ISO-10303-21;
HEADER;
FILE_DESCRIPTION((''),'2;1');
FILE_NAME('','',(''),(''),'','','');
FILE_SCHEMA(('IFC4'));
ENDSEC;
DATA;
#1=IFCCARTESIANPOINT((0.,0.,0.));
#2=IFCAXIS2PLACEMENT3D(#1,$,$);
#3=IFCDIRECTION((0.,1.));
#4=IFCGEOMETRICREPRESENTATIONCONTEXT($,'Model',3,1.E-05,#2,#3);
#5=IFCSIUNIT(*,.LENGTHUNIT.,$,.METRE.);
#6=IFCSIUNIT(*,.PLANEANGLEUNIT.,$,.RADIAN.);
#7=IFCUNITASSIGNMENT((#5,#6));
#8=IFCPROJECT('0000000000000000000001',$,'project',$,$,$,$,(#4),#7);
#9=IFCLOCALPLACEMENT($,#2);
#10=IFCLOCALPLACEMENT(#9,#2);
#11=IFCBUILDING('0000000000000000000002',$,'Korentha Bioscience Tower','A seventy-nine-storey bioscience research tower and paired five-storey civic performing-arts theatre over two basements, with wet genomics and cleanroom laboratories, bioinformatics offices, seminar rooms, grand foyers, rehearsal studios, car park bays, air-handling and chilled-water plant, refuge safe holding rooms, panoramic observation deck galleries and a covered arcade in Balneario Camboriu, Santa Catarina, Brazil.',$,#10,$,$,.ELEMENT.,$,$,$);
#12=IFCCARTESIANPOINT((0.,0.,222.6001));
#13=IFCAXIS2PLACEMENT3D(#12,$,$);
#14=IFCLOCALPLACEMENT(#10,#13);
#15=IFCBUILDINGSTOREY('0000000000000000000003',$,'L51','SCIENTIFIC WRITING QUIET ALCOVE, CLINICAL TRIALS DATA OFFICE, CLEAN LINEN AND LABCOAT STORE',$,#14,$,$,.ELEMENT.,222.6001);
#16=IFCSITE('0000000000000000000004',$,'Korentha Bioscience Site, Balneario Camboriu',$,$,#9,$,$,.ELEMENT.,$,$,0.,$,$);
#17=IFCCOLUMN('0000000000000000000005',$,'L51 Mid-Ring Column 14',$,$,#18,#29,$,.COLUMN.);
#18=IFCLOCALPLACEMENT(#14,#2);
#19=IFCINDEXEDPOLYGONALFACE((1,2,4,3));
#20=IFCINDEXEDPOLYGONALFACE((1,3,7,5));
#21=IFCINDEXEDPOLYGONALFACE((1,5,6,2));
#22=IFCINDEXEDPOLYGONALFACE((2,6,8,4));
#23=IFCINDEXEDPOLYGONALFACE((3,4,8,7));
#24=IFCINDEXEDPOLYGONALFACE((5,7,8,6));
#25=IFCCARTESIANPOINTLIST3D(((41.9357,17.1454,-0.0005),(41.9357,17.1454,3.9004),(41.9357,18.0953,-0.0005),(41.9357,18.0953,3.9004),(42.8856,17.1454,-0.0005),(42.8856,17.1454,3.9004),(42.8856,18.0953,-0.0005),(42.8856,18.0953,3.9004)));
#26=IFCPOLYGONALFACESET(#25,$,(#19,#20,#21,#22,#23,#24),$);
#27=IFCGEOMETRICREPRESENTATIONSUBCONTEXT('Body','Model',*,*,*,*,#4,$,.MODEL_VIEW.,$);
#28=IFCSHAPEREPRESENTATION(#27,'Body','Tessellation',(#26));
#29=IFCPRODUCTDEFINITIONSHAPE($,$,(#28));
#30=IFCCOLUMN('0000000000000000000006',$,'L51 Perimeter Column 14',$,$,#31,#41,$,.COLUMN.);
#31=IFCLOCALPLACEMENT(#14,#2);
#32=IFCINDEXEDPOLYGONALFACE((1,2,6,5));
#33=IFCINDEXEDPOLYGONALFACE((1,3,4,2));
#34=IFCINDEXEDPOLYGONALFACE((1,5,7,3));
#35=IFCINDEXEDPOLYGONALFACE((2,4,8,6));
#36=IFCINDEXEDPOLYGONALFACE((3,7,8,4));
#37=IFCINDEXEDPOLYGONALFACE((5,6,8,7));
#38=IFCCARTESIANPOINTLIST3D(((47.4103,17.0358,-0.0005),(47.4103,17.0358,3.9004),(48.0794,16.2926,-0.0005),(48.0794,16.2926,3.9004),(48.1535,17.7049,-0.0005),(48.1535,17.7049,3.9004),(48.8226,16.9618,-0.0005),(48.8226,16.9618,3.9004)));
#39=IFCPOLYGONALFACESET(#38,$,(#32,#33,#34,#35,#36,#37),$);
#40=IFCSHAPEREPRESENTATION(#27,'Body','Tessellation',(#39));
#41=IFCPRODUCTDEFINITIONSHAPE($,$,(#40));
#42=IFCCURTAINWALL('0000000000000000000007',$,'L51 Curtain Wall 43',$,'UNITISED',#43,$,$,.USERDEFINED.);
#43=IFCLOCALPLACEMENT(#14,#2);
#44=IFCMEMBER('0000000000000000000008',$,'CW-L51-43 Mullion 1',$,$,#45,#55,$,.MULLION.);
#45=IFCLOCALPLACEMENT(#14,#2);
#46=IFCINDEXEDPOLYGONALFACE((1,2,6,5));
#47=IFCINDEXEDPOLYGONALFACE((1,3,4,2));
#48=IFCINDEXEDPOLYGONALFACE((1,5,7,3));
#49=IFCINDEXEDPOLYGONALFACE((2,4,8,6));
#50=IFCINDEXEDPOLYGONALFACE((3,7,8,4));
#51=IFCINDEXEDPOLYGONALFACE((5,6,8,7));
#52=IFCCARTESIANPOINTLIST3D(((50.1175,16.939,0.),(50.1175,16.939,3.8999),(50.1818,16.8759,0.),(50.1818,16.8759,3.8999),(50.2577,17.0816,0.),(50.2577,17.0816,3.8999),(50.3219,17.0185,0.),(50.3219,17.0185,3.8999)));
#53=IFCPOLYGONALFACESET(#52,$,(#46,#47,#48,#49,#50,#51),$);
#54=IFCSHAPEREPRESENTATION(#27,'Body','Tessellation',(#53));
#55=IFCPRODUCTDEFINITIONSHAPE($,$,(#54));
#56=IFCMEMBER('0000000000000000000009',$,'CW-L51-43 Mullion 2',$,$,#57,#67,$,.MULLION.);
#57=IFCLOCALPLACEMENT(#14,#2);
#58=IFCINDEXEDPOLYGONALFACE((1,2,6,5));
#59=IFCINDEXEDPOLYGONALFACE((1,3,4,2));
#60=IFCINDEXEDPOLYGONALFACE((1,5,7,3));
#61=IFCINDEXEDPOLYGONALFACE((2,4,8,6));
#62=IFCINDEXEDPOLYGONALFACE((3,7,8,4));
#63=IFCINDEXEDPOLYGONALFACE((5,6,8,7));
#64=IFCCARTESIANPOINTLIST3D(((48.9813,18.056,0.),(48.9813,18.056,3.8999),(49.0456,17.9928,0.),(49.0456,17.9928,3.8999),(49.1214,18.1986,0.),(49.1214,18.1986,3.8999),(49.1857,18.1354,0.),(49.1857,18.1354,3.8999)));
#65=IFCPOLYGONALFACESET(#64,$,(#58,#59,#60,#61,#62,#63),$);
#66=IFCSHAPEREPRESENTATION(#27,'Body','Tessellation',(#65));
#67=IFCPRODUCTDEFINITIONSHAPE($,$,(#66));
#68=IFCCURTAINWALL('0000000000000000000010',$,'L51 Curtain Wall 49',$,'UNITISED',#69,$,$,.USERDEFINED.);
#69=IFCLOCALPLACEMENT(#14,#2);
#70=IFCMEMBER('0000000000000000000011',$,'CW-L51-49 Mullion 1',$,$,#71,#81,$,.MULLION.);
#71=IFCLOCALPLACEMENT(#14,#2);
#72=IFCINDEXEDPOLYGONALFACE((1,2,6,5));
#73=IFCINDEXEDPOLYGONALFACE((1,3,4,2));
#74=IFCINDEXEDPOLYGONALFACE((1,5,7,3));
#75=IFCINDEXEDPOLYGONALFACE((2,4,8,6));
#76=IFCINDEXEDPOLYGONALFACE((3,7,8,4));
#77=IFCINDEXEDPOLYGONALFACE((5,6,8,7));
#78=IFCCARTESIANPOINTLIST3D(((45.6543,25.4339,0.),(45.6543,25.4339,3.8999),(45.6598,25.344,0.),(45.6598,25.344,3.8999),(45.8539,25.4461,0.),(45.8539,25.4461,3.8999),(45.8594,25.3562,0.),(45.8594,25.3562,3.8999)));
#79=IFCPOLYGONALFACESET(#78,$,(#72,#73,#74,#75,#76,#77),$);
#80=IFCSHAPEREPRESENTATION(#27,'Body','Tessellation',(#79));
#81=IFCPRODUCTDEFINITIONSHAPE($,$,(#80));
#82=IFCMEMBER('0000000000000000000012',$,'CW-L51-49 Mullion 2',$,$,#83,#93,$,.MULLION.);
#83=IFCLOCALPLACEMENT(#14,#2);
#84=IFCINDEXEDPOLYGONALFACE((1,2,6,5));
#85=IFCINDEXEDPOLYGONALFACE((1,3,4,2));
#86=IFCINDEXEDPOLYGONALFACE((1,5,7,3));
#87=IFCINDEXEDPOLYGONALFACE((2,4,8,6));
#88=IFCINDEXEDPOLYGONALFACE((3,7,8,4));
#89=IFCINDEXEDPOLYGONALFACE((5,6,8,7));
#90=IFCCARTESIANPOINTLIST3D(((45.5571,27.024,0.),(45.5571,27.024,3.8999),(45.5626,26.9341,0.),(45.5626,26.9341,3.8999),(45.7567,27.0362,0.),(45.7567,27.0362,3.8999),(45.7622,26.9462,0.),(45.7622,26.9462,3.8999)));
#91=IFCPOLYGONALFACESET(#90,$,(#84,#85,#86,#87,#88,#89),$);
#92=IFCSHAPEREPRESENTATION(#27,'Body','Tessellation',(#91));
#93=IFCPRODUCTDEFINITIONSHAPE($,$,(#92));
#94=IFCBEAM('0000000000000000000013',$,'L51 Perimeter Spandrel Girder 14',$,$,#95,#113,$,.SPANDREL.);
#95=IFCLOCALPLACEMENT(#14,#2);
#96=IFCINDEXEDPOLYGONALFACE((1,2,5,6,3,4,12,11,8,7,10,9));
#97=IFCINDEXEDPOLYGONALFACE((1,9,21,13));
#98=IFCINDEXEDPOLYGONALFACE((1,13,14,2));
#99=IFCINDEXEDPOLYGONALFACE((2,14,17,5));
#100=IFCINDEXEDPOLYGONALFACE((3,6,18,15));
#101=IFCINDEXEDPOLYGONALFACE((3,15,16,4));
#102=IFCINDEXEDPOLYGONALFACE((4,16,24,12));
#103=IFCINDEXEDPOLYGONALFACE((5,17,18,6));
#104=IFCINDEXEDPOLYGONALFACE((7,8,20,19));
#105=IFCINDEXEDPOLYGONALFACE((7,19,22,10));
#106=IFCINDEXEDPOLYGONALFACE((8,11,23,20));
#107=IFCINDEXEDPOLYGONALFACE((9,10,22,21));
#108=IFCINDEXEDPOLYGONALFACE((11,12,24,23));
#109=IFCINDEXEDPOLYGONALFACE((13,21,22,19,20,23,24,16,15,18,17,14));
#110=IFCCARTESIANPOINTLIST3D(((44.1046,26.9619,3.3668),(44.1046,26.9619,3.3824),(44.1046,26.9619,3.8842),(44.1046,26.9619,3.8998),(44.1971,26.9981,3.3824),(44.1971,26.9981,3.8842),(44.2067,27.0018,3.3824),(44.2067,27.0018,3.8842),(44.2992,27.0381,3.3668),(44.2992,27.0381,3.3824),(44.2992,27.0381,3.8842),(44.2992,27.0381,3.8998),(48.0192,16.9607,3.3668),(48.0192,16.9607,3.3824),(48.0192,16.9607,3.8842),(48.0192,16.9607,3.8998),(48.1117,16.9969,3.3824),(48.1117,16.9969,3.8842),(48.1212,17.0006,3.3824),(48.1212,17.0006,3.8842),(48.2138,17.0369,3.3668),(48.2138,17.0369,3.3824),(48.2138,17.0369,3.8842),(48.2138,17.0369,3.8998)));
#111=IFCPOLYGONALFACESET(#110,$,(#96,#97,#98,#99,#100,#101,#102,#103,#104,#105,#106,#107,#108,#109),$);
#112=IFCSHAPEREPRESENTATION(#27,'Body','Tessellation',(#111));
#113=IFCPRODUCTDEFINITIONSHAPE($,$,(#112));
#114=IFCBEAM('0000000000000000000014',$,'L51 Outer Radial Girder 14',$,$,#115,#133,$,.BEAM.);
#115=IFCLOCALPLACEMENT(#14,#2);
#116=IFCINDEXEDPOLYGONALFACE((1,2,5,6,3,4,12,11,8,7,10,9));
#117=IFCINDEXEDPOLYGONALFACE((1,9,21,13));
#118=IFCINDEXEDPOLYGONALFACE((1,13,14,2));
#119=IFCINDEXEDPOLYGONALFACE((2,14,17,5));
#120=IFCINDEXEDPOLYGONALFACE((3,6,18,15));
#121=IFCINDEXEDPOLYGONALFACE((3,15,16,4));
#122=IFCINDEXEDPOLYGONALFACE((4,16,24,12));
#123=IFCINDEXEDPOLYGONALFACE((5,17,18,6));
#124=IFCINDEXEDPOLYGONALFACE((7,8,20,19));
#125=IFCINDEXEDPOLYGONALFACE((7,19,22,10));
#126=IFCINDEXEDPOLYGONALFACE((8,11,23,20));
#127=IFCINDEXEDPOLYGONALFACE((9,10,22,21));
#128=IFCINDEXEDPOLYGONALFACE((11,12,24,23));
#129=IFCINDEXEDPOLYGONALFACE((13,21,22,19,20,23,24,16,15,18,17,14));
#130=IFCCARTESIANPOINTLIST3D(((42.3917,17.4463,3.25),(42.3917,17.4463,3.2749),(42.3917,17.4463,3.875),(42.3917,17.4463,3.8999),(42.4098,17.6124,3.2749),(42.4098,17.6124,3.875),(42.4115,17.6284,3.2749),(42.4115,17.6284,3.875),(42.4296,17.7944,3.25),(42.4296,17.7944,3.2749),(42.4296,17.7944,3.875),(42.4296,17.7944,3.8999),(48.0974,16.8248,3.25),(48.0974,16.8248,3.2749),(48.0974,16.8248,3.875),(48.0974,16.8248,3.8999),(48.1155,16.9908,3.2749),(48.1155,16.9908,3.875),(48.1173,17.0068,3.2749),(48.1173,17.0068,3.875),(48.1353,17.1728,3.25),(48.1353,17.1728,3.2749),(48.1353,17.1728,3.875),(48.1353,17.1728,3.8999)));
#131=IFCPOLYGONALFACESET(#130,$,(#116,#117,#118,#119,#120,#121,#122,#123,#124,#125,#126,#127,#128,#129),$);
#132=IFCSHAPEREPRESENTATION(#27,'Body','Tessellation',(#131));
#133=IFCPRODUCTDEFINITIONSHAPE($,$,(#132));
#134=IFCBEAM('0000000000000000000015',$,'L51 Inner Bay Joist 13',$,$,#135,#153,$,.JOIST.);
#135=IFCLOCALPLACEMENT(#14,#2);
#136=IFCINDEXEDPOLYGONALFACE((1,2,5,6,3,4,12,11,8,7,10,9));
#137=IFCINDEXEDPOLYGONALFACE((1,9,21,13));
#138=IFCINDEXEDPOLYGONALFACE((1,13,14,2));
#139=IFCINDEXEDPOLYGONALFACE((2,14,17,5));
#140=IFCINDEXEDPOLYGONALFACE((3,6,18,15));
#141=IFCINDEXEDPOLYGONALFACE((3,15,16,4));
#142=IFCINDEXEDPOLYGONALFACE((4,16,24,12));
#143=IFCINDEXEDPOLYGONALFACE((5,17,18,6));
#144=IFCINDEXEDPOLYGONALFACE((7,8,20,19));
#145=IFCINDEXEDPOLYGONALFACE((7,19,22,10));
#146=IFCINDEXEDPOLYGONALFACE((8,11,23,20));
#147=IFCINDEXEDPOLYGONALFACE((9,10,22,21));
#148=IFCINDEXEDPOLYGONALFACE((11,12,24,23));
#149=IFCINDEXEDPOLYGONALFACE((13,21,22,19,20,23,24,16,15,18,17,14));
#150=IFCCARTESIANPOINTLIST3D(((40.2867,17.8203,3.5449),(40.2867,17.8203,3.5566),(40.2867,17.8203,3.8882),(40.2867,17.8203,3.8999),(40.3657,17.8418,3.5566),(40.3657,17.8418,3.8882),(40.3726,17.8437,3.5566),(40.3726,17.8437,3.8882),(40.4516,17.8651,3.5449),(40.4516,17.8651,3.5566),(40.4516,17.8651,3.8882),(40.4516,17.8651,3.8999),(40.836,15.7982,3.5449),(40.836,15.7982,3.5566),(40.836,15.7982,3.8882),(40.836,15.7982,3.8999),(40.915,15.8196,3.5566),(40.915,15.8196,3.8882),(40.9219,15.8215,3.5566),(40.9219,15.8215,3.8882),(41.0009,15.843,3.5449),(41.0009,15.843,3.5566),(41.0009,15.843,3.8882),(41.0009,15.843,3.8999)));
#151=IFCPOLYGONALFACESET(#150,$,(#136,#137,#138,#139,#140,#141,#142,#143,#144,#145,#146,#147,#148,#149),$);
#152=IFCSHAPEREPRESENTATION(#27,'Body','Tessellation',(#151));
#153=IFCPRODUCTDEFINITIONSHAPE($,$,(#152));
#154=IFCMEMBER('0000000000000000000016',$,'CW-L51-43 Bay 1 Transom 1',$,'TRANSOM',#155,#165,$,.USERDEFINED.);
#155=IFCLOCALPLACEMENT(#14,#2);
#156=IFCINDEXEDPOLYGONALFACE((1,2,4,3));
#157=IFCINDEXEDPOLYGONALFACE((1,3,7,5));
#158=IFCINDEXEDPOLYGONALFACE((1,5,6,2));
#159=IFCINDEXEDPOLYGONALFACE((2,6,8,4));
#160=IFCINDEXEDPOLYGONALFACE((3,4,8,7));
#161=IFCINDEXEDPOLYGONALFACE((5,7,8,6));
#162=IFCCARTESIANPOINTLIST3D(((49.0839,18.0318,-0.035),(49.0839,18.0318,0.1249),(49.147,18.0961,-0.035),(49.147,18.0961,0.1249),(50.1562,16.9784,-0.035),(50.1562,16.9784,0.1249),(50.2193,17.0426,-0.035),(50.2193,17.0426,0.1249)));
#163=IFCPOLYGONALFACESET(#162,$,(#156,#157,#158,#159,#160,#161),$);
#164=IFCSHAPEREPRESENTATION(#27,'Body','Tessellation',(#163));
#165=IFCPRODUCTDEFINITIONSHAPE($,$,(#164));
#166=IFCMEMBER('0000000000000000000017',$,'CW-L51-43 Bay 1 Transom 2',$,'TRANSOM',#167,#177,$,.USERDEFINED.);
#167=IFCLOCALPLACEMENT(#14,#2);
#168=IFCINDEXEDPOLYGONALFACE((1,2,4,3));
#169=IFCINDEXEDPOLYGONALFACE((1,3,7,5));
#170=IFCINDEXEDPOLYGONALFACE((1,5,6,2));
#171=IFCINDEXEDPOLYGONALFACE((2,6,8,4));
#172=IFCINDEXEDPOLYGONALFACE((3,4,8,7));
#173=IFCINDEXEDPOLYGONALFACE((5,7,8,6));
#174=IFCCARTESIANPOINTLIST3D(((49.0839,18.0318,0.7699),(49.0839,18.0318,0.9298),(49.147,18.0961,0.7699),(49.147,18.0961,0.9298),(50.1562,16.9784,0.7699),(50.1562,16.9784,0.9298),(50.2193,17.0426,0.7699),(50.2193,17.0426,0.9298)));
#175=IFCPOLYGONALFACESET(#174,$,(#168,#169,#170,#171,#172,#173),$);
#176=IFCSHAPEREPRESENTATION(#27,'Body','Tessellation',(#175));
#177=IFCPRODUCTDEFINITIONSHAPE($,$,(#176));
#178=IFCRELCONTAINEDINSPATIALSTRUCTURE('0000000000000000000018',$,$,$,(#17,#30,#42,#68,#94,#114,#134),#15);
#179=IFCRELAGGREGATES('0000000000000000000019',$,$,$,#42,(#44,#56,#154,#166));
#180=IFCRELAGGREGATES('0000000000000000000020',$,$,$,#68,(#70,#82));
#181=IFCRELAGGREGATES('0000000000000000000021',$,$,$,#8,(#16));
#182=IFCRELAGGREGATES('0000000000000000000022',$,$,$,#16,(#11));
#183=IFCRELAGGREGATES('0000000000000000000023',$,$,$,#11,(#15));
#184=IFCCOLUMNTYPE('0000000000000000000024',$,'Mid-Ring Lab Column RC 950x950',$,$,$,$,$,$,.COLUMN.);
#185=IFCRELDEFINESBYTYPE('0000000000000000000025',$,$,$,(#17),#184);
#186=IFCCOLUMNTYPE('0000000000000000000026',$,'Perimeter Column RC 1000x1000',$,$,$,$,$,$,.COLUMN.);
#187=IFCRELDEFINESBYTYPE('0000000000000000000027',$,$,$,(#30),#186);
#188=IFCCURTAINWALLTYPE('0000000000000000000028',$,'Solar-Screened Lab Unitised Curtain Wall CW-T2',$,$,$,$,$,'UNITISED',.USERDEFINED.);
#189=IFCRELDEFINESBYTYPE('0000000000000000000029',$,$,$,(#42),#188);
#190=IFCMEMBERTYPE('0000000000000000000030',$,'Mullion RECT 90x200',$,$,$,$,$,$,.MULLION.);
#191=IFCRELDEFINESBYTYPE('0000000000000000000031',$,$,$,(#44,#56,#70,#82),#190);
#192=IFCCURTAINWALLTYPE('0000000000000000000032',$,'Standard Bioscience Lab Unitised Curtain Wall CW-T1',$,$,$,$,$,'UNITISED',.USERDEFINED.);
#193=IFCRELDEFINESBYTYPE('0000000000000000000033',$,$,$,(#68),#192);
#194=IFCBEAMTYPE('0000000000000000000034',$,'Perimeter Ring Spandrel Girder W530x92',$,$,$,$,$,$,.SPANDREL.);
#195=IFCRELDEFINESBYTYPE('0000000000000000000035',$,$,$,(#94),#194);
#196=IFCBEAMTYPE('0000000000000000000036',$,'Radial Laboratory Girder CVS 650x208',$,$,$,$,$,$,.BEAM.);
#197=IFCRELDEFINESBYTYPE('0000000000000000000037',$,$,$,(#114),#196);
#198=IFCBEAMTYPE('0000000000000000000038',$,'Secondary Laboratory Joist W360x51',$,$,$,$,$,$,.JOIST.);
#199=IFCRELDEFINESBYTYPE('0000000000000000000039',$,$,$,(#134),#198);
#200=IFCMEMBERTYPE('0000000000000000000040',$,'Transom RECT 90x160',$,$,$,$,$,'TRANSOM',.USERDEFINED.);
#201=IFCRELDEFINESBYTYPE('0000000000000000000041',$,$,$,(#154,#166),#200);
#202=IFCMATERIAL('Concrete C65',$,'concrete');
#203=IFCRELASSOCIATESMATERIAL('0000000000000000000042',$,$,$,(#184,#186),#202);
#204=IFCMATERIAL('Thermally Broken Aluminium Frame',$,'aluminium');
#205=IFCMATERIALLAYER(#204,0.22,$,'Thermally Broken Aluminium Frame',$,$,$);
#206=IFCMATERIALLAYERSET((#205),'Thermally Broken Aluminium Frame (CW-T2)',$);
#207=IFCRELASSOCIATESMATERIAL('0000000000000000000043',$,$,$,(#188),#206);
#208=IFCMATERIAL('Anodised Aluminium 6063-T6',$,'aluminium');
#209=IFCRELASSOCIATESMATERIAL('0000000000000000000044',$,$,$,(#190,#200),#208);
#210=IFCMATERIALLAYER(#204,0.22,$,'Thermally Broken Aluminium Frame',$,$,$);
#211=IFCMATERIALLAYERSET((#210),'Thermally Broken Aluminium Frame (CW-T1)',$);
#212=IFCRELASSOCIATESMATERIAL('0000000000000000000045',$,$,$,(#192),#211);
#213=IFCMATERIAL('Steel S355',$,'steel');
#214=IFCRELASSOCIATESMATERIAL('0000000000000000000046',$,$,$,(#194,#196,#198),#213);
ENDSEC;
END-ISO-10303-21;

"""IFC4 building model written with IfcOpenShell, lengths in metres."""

from ifc_helpers import new_model, si_unit, direction, frame, origin, origin_2d, place, context, subcontext, project, spatial, rectangle, i_section, extrude, material, layer, layer_set, material_profile, profile_set, type_object, element, aggregate, save


model = new_model("IFC4")

# Units and contexts
model_context = context("Model", 3, precision=1e-05, world=origin(), true_north=direction((0.0, 1.0)))
body_context = subcontext(model_context, "Body", "Model", "MODEL_VIEW")
ifc_project = project(units=[si_unit("LENGTHUNIT", "METRE"), si_unit("PLANEANGLEUNIT", "RADIAN")], contexts=[model_context])

# Site, building, storey
site_placement = place(None, origin())
site = spatial("IfcSite", under=ifc_project, at=site_placement, Name="Korentha Bioscience Site, Balneario Camboriu", CompositionType="ELEMENT", RefElevation=0.0)
building_placement = place(site_placement, origin())
building = spatial("IfcBuilding", under=site, at=building_placement, Name="Korentha Bioscience Tower", Description="A seventy-nine-storey bioscience research tower and paired five-storey civic performing-arts theatre over two basements, with wet genomics and cleanroom laboratories, bioinformatics offices, seminar rooms, grand foyers, rehearsal studios, car park bays, air-handling and chilled-water plant, refuge safe holding rooms, panoramic observation deck galleries and a covered arcade in Balneario Camboriu, Santa Catarina, Brazil.", CompositionType="ELEMENT")
storey_placement = place(building_placement, frame((0.0, 0.0, 222.6001)))
storey = spatial("IfcBuildingStorey", under=building, at=storey_placement, Name="L51", Description="SCIENTIFIC WRITING QUIET ALCOVE, CLINICAL TRIALS DATA OFFICE, CLEAN LINEN AND LABCOAT STORE", CompositionType="ELEMENT", Elevation=222.6001)

# Columns
ifc_material_1 = material(Name="Concrete C65", Category="concrete")
ifc_material_profile_1 = material_profile(ifc_material_1, rectangle(XDim=0.95, YDim=0.95, at=origin_2d()), Name="Concrete C65")
ifc_profile_set_1 = profile_set([ifc_material_profile_1], Name="Concrete C65 (COL-MR09)")
column_type_1 = type_object("IfcColumnType", Name="Mid-Ring Lab Column RC 950x950", PredefinedType="COLUMN", material=ifc_profile_set_1)
column_1_placement = place(storey_placement, frame((42.4106, 17.6204, -0.0005), z_axis=(0.0, 0.0, 1.0), x_axis=(1.0, 0.0, 0.0)))
element("IfcColumn", 1, at=column_1_placement, inside=storey, type_object=column_type_1, Name="L51 Mid-Ring Column 14", PredefinedType="COLUMN", context=body_context, shape_type="SweptSolid", body=[
    extrude(rectangle(XDim=0.95, YDim=0.95, at=origin_2d()), origin(), (0.0, 0.0, 1.0), 3.9009),
])
ifc_material_profile_2 = material_profile(ifc_material_1, rectangle(XDim=1.0, YDim=1.0, at=origin_2d()), Name="Concrete C65")
ifc_profile_set_2 = profile_set([ifc_material_profile_2], Name="Concrete C65 (COL-P10)")
column_type_2 = type_object("IfcColumnType", Name="Perimeter Column RC 1000x1000", PredefinedType="COLUMN", material=ifc_profile_set_2)
column_2_placement = place(storey_placement, frame((48.1165, 16.9988, -0.0005), z_axis=(0.0, 0.0, 1.0), x_axis=(-0.669131, 0.743145, 0.0)))
element("IfcColumn", 2, at=column_2_placement, inside=storey, type_object=column_type_2, Name="L51 Perimeter Column 14", PredefinedType="COLUMN", context=body_context, shape_type="SweptSolid", body=[
    extrude(rectangle(XDim=1.0, YDim=1.0, at=origin_2d()), origin(), (0.0, 0.0, 1.0), 3.9009),
])

# Curtain walls, members
ifc_material_2 = material(Name="Thermally Broken Aluminium Frame", Category="aluminium")
ifc_layer_1 = layer(ifc_material_2, 0.22, Name="Thermally Broken Aluminium Frame")
ifc_layer_set_1 = layer_set([ifc_layer_1], Name="Thermally Broken Aluminium Frame (CW-T2)")
curtain_wall_type_1 = type_object("IfcCurtainWallType", Name="Solar-Screened Lab Unitised Curtain Wall CW-T2", ElementType="UNITISED", PredefinedType="USERDEFINED", material=ifc_layer_set_1)
curtain_wall_1_placement = place(storey_placement, origin())
curtain_wall_1 = element("IfcCurtainWall", 3, at=curtain_wall_1_placement, inside=storey, type_object=curtain_wall_type_1, Name="L51 Curtain Wall 43", ObjectType="UNITISED", PredefinedType="USERDEFINED")
ifc_material_3 = material(Name="Anodised Aluminium 6063-T6", Category="aluminium")
ifc_material_profile_3 = material_profile(ifc_material_3, rectangle(XDim=0.0901, YDim=0.2, at=origin_2d()), Name="Anodised Aluminium 6063-T6")
ifc_profile_set_3 = profile_set([ifc_material_profile_3], Name="Anodised Aluminium 6063-T6 (CW-MUL)")
member_type_1 = type_object("IfcMemberType", Name="Mullion RECT 90x200", PredefinedType="MULLION", material=ifc_profile_set_3)
member_1_placement = place(storey_placement, frame((50.2197, 16.9788, 0.0), z_axis=(0.0, 0.0, 1.0), x_axis=(-0.713258, 0.700901, 0.0)))
member_1 = element("IfcMember", 4, at=member_1_placement, type_object=member_type_1, Name="CW-L51-43 Mullion 1", PredefinedType="MULLION", context=body_context, shape_type="SweptSolid", body=[
    extrude(rectangle(XDim=0.0901, YDim=0.2, at=origin_2d()), origin(), (0.0, 0.0, 1.0), 3.8999),
])
member_2_placement = place(storey_placement, frame((49.0835, 18.0957, 0.0), z_axis=(0.0, 0.0, 1.0), x_axis=(-0.713258, 0.700901, 0.0)))
member_2 = element("IfcMember", 5, at=member_2_placement, type_object=member_type_1, Name="CW-L51-43 Mullion 2", PredefinedType="MULLION", context=body_context, shape_type="SweptSolid", body=[
    extrude(rectangle(XDim=0.0901, YDim=0.2, at=origin_2d()), origin(), (0.0, 0.0, 1.0), 3.8999),
])
ifc_layer_2 = layer(ifc_material_2, 0.22, Name="Thermally Broken Aluminium Frame")
ifc_layer_set_2 = layer_set([ifc_layer_2], Name="Thermally Broken Aluminium Frame (CW-T1)")
curtain_wall_type_2 = type_object("IfcCurtainWallType", Name="Standard Bioscience Lab Unitised Curtain Wall CW-T1", ElementType="UNITISED", PredefinedType="USERDEFINED", material=ifc_layer_set_2)
curtain_wall_2_placement = place(storey_placement, origin())
curtain_wall_2 = element("IfcCurtainWall", 6, at=curtain_wall_2_placement, inside=storey, type_object=curtain_wall_type_2, Name="L51 Curtain Wall 49", ObjectType="UNITISED", PredefinedType="USERDEFINED")
member_3_placement = place(storey_placement, frame((45.7568, 25.395, 0.0), z_axis=(0.0, 0.0, 1.0), x_axis=(-0.060954, 0.998141, 0.0)))
member_3 = element("IfcMember", 7, at=member_3_placement, type_object=member_type_1, Name="CW-L51-49 Mullion 1", PredefinedType="MULLION", context=body_context, shape_type="SweptSolid", body=[
    extrude(rectangle(XDim=0.0901, YDim=0.2, at=origin_2d()), origin(), (0.0, 0.0, 1.0), 3.8999),
])
member_4_placement = place(storey_placement, frame((45.6597, 26.9851, 0.0), z_axis=(0.0, 0.0, 1.0), x_axis=(-0.060954, 0.998141, 0.0)))
member_4 = element("IfcMember", 8, at=member_4_placement, type_object=member_type_1, Name="CW-L51-49 Mullion 2", PredefinedType="MULLION", context=body_context, shape_type="SweptSolid", body=[
    extrude(rectangle(XDim=0.0901, YDim=0.2, at=origin_2d()), origin(), (0.0, 0.0, 1.0), 3.8999),
])

# Beams
ifc_material_4 = material(Name="Steel S355", Category="steel")
ifc_material_profile_4 = material_profile(ifc_material_4, i_section(OverallWidth=0.209, OverallDepth=0.533, WebThickness=0.0103, FlangeThickness=0.0156, at=origin_2d()), Name="Steel S355")
ifc_profile_set_4 = profile_set([ifc_material_profile_4], Name="Steel S355 (SB-530)")
beam_type_1 = type_object("IfcBeamType", Name="Perimeter Ring Spandrel Girder W530x92", PredefinedType="SPANDREL", material=ifc_profile_set_4)
beam_1_placement = place(storey_placement, frame((48.1165, 16.9988, 3.6333), z_axis=(-0.364482, 0.93121, 0.0), x_axis=(-0.93121, -0.364482, 0.0)))
element("IfcBeam", 9, at=beam_1_placement, inside=storey, type_object=beam_type_1, Name="L51 Perimeter Spandrel Girder 14", PredefinedType="SPANDREL", context=body_context, shape_type="SweptSolid", body=[
    extrude(i_section(OverallWidth=0.209, OverallDepth=0.533, WebThickness=0.0103, FlangeThickness=0.0156, at=origin_2d()), origin(), (0.0, 0.0, 1.0), 10.74),
])
ifc_material_profile_5 = material_profile(ifc_material_4, i_section(OverallWidth=0.3501, OverallDepth=0.6499, WebThickness=0.0161, FlangeThickness=0.0249, at=origin_2d()), Name="Steel S355")
ifc_profile_set_5 = profile_set([ifc_material_profile_5], Name="Steel S355 (RB-650)")
beam_type_2 = type_object("IfcBeamType", Name="Radial Laboratory Girder CVS 650x208", PredefinedType="BEAM", material=ifc_profile_set_5)
beam_2_placement = place(storey_placement, frame((42.4106, 17.6204, 3.575), z_axis=(0.994119, -0.108298, 0.0), x_axis=(0.108298, 0.994119, 0.0)))
element("IfcBeam", 10, at=beam_2_placement, inside=storey, type_object=beam_type_2, Name="L51 Outer Radial Girder 14", PredefinedType="BEAM", context=body_context, shape_type="SweptSolid", body=[
    extrude(i_section(OverallWidth=0.3501, OverallDepth=0.6499, WebThickness=0.0161, FlangeThickness=0.0249, at=origin_2d()), origin(), (0.0, 0.0, 1.0), 5.7395),
])
ifc_material_profile_6 = material_profile(ifc_material_4, i_section(OverallWidth=0.1709, OverallDepth=0.355, WebThickness=0.0071, FlangeThickness=0.0117, at=origin_2d()), Name="Steel S355")
ifc_profile_set_6 = profile_set([ifc_material_profile_6], Name="Steel S355 (JB-360)")
beam_type_3 = type_object("IfcBeamType", Name="Secondary Laboratory Joist W360x51", PredefinedType="JOIST", material=ifc_profile_set_6)
beam_3_placement = place(storey_placement, frame((40.9185, 15.8206, 3.7224), z_axis=(-0.262141, 0.96503, 0.0), x_axis=(-0.96503, -0.262141, 0.0)))
element("IfcBeam", 11, at=beam_3_placement, inside=storey, type_object=beam_type_3, Name="L51 Inner Bay Joist 13", PredefinedType="JOIST", context=body_context, shape_type="SweptSolid", body=[
    extrude(i_section(OverallWidth=0.1709, OverallDepth=0.355, WebThickness=0.0071, FlangeThickness=0.0117, at=origin_2d()), origin(), (0.0, 0.0, 1.0), 2.0955),
])

# Members
ifc_material_profile_7 = material_profile(ifc_material_3, rectangle(XDim=0.0901, YDim=0.1599, at=origin_2d()), Name="Anodised Aluminium 6063-T6")
ifc_profile_set_7 = profile_set([ifc_material_profile_7], Name="Anodised Aluminium 6063-T6 (CW-TRN)")
member_type_2 = type_object("IfcMemberType", Name="Transom RECT 90x160", ElementType="TRANSOM", PredefinedType="USERDEFINED", material=ifc_profile_set_7)
member_5_placement = place(storey_placement, frame((50.1877, 17.0105, 0.0449), z_axis=(-0.713332, 0.700826, 0.0), x_axis=(-0.700826, -0.713332, 0.0)))
member_5 = element("IfcMember", 12, at=member_5_placement, type_object=member_type_2, Name="CW-L51-43 Bay 1 Transom 1", ObjectType="TRANSOM", PredefinedType="USERDEFINED", context=body_context, shape_type="SweptSolid", body=[
    extrude(rectangle(XDim=0.0901, YDim=0.1599, at=origin_2d()), origin(), (0.0, 0.0, 1.0), 1.5032),
])
member_6_placement = place(storey_placement, frame((50.1877, 17.0105, 0.8499), z_axis=(-0.713332, 0.700826, 0.0), x_axis=(-0.700826, -0.713332, 0.0)))
member_6 = element("IfcMember", 13, at=member_6_placement, type_object=member_type_2, Name="CW-L51-43 Bay 1 Transom 2", ObjectType="TRANSOM", PredefinedType="USERDEFINED", context=body_context, shape_type="SweptSolid", body=[
    extrude(rectangle(XDim=0.0901, YDim=0.1599, at=origin_2d()), origin(), (0.0, 0.0, 1.0), 1.5032),
])

aggregate(curtain_wall_1, [member_1, member_2, member_5, member_6])
aggregate(curtain_wall_2, [member_3, member_4])

save(model, "model.ifc")
